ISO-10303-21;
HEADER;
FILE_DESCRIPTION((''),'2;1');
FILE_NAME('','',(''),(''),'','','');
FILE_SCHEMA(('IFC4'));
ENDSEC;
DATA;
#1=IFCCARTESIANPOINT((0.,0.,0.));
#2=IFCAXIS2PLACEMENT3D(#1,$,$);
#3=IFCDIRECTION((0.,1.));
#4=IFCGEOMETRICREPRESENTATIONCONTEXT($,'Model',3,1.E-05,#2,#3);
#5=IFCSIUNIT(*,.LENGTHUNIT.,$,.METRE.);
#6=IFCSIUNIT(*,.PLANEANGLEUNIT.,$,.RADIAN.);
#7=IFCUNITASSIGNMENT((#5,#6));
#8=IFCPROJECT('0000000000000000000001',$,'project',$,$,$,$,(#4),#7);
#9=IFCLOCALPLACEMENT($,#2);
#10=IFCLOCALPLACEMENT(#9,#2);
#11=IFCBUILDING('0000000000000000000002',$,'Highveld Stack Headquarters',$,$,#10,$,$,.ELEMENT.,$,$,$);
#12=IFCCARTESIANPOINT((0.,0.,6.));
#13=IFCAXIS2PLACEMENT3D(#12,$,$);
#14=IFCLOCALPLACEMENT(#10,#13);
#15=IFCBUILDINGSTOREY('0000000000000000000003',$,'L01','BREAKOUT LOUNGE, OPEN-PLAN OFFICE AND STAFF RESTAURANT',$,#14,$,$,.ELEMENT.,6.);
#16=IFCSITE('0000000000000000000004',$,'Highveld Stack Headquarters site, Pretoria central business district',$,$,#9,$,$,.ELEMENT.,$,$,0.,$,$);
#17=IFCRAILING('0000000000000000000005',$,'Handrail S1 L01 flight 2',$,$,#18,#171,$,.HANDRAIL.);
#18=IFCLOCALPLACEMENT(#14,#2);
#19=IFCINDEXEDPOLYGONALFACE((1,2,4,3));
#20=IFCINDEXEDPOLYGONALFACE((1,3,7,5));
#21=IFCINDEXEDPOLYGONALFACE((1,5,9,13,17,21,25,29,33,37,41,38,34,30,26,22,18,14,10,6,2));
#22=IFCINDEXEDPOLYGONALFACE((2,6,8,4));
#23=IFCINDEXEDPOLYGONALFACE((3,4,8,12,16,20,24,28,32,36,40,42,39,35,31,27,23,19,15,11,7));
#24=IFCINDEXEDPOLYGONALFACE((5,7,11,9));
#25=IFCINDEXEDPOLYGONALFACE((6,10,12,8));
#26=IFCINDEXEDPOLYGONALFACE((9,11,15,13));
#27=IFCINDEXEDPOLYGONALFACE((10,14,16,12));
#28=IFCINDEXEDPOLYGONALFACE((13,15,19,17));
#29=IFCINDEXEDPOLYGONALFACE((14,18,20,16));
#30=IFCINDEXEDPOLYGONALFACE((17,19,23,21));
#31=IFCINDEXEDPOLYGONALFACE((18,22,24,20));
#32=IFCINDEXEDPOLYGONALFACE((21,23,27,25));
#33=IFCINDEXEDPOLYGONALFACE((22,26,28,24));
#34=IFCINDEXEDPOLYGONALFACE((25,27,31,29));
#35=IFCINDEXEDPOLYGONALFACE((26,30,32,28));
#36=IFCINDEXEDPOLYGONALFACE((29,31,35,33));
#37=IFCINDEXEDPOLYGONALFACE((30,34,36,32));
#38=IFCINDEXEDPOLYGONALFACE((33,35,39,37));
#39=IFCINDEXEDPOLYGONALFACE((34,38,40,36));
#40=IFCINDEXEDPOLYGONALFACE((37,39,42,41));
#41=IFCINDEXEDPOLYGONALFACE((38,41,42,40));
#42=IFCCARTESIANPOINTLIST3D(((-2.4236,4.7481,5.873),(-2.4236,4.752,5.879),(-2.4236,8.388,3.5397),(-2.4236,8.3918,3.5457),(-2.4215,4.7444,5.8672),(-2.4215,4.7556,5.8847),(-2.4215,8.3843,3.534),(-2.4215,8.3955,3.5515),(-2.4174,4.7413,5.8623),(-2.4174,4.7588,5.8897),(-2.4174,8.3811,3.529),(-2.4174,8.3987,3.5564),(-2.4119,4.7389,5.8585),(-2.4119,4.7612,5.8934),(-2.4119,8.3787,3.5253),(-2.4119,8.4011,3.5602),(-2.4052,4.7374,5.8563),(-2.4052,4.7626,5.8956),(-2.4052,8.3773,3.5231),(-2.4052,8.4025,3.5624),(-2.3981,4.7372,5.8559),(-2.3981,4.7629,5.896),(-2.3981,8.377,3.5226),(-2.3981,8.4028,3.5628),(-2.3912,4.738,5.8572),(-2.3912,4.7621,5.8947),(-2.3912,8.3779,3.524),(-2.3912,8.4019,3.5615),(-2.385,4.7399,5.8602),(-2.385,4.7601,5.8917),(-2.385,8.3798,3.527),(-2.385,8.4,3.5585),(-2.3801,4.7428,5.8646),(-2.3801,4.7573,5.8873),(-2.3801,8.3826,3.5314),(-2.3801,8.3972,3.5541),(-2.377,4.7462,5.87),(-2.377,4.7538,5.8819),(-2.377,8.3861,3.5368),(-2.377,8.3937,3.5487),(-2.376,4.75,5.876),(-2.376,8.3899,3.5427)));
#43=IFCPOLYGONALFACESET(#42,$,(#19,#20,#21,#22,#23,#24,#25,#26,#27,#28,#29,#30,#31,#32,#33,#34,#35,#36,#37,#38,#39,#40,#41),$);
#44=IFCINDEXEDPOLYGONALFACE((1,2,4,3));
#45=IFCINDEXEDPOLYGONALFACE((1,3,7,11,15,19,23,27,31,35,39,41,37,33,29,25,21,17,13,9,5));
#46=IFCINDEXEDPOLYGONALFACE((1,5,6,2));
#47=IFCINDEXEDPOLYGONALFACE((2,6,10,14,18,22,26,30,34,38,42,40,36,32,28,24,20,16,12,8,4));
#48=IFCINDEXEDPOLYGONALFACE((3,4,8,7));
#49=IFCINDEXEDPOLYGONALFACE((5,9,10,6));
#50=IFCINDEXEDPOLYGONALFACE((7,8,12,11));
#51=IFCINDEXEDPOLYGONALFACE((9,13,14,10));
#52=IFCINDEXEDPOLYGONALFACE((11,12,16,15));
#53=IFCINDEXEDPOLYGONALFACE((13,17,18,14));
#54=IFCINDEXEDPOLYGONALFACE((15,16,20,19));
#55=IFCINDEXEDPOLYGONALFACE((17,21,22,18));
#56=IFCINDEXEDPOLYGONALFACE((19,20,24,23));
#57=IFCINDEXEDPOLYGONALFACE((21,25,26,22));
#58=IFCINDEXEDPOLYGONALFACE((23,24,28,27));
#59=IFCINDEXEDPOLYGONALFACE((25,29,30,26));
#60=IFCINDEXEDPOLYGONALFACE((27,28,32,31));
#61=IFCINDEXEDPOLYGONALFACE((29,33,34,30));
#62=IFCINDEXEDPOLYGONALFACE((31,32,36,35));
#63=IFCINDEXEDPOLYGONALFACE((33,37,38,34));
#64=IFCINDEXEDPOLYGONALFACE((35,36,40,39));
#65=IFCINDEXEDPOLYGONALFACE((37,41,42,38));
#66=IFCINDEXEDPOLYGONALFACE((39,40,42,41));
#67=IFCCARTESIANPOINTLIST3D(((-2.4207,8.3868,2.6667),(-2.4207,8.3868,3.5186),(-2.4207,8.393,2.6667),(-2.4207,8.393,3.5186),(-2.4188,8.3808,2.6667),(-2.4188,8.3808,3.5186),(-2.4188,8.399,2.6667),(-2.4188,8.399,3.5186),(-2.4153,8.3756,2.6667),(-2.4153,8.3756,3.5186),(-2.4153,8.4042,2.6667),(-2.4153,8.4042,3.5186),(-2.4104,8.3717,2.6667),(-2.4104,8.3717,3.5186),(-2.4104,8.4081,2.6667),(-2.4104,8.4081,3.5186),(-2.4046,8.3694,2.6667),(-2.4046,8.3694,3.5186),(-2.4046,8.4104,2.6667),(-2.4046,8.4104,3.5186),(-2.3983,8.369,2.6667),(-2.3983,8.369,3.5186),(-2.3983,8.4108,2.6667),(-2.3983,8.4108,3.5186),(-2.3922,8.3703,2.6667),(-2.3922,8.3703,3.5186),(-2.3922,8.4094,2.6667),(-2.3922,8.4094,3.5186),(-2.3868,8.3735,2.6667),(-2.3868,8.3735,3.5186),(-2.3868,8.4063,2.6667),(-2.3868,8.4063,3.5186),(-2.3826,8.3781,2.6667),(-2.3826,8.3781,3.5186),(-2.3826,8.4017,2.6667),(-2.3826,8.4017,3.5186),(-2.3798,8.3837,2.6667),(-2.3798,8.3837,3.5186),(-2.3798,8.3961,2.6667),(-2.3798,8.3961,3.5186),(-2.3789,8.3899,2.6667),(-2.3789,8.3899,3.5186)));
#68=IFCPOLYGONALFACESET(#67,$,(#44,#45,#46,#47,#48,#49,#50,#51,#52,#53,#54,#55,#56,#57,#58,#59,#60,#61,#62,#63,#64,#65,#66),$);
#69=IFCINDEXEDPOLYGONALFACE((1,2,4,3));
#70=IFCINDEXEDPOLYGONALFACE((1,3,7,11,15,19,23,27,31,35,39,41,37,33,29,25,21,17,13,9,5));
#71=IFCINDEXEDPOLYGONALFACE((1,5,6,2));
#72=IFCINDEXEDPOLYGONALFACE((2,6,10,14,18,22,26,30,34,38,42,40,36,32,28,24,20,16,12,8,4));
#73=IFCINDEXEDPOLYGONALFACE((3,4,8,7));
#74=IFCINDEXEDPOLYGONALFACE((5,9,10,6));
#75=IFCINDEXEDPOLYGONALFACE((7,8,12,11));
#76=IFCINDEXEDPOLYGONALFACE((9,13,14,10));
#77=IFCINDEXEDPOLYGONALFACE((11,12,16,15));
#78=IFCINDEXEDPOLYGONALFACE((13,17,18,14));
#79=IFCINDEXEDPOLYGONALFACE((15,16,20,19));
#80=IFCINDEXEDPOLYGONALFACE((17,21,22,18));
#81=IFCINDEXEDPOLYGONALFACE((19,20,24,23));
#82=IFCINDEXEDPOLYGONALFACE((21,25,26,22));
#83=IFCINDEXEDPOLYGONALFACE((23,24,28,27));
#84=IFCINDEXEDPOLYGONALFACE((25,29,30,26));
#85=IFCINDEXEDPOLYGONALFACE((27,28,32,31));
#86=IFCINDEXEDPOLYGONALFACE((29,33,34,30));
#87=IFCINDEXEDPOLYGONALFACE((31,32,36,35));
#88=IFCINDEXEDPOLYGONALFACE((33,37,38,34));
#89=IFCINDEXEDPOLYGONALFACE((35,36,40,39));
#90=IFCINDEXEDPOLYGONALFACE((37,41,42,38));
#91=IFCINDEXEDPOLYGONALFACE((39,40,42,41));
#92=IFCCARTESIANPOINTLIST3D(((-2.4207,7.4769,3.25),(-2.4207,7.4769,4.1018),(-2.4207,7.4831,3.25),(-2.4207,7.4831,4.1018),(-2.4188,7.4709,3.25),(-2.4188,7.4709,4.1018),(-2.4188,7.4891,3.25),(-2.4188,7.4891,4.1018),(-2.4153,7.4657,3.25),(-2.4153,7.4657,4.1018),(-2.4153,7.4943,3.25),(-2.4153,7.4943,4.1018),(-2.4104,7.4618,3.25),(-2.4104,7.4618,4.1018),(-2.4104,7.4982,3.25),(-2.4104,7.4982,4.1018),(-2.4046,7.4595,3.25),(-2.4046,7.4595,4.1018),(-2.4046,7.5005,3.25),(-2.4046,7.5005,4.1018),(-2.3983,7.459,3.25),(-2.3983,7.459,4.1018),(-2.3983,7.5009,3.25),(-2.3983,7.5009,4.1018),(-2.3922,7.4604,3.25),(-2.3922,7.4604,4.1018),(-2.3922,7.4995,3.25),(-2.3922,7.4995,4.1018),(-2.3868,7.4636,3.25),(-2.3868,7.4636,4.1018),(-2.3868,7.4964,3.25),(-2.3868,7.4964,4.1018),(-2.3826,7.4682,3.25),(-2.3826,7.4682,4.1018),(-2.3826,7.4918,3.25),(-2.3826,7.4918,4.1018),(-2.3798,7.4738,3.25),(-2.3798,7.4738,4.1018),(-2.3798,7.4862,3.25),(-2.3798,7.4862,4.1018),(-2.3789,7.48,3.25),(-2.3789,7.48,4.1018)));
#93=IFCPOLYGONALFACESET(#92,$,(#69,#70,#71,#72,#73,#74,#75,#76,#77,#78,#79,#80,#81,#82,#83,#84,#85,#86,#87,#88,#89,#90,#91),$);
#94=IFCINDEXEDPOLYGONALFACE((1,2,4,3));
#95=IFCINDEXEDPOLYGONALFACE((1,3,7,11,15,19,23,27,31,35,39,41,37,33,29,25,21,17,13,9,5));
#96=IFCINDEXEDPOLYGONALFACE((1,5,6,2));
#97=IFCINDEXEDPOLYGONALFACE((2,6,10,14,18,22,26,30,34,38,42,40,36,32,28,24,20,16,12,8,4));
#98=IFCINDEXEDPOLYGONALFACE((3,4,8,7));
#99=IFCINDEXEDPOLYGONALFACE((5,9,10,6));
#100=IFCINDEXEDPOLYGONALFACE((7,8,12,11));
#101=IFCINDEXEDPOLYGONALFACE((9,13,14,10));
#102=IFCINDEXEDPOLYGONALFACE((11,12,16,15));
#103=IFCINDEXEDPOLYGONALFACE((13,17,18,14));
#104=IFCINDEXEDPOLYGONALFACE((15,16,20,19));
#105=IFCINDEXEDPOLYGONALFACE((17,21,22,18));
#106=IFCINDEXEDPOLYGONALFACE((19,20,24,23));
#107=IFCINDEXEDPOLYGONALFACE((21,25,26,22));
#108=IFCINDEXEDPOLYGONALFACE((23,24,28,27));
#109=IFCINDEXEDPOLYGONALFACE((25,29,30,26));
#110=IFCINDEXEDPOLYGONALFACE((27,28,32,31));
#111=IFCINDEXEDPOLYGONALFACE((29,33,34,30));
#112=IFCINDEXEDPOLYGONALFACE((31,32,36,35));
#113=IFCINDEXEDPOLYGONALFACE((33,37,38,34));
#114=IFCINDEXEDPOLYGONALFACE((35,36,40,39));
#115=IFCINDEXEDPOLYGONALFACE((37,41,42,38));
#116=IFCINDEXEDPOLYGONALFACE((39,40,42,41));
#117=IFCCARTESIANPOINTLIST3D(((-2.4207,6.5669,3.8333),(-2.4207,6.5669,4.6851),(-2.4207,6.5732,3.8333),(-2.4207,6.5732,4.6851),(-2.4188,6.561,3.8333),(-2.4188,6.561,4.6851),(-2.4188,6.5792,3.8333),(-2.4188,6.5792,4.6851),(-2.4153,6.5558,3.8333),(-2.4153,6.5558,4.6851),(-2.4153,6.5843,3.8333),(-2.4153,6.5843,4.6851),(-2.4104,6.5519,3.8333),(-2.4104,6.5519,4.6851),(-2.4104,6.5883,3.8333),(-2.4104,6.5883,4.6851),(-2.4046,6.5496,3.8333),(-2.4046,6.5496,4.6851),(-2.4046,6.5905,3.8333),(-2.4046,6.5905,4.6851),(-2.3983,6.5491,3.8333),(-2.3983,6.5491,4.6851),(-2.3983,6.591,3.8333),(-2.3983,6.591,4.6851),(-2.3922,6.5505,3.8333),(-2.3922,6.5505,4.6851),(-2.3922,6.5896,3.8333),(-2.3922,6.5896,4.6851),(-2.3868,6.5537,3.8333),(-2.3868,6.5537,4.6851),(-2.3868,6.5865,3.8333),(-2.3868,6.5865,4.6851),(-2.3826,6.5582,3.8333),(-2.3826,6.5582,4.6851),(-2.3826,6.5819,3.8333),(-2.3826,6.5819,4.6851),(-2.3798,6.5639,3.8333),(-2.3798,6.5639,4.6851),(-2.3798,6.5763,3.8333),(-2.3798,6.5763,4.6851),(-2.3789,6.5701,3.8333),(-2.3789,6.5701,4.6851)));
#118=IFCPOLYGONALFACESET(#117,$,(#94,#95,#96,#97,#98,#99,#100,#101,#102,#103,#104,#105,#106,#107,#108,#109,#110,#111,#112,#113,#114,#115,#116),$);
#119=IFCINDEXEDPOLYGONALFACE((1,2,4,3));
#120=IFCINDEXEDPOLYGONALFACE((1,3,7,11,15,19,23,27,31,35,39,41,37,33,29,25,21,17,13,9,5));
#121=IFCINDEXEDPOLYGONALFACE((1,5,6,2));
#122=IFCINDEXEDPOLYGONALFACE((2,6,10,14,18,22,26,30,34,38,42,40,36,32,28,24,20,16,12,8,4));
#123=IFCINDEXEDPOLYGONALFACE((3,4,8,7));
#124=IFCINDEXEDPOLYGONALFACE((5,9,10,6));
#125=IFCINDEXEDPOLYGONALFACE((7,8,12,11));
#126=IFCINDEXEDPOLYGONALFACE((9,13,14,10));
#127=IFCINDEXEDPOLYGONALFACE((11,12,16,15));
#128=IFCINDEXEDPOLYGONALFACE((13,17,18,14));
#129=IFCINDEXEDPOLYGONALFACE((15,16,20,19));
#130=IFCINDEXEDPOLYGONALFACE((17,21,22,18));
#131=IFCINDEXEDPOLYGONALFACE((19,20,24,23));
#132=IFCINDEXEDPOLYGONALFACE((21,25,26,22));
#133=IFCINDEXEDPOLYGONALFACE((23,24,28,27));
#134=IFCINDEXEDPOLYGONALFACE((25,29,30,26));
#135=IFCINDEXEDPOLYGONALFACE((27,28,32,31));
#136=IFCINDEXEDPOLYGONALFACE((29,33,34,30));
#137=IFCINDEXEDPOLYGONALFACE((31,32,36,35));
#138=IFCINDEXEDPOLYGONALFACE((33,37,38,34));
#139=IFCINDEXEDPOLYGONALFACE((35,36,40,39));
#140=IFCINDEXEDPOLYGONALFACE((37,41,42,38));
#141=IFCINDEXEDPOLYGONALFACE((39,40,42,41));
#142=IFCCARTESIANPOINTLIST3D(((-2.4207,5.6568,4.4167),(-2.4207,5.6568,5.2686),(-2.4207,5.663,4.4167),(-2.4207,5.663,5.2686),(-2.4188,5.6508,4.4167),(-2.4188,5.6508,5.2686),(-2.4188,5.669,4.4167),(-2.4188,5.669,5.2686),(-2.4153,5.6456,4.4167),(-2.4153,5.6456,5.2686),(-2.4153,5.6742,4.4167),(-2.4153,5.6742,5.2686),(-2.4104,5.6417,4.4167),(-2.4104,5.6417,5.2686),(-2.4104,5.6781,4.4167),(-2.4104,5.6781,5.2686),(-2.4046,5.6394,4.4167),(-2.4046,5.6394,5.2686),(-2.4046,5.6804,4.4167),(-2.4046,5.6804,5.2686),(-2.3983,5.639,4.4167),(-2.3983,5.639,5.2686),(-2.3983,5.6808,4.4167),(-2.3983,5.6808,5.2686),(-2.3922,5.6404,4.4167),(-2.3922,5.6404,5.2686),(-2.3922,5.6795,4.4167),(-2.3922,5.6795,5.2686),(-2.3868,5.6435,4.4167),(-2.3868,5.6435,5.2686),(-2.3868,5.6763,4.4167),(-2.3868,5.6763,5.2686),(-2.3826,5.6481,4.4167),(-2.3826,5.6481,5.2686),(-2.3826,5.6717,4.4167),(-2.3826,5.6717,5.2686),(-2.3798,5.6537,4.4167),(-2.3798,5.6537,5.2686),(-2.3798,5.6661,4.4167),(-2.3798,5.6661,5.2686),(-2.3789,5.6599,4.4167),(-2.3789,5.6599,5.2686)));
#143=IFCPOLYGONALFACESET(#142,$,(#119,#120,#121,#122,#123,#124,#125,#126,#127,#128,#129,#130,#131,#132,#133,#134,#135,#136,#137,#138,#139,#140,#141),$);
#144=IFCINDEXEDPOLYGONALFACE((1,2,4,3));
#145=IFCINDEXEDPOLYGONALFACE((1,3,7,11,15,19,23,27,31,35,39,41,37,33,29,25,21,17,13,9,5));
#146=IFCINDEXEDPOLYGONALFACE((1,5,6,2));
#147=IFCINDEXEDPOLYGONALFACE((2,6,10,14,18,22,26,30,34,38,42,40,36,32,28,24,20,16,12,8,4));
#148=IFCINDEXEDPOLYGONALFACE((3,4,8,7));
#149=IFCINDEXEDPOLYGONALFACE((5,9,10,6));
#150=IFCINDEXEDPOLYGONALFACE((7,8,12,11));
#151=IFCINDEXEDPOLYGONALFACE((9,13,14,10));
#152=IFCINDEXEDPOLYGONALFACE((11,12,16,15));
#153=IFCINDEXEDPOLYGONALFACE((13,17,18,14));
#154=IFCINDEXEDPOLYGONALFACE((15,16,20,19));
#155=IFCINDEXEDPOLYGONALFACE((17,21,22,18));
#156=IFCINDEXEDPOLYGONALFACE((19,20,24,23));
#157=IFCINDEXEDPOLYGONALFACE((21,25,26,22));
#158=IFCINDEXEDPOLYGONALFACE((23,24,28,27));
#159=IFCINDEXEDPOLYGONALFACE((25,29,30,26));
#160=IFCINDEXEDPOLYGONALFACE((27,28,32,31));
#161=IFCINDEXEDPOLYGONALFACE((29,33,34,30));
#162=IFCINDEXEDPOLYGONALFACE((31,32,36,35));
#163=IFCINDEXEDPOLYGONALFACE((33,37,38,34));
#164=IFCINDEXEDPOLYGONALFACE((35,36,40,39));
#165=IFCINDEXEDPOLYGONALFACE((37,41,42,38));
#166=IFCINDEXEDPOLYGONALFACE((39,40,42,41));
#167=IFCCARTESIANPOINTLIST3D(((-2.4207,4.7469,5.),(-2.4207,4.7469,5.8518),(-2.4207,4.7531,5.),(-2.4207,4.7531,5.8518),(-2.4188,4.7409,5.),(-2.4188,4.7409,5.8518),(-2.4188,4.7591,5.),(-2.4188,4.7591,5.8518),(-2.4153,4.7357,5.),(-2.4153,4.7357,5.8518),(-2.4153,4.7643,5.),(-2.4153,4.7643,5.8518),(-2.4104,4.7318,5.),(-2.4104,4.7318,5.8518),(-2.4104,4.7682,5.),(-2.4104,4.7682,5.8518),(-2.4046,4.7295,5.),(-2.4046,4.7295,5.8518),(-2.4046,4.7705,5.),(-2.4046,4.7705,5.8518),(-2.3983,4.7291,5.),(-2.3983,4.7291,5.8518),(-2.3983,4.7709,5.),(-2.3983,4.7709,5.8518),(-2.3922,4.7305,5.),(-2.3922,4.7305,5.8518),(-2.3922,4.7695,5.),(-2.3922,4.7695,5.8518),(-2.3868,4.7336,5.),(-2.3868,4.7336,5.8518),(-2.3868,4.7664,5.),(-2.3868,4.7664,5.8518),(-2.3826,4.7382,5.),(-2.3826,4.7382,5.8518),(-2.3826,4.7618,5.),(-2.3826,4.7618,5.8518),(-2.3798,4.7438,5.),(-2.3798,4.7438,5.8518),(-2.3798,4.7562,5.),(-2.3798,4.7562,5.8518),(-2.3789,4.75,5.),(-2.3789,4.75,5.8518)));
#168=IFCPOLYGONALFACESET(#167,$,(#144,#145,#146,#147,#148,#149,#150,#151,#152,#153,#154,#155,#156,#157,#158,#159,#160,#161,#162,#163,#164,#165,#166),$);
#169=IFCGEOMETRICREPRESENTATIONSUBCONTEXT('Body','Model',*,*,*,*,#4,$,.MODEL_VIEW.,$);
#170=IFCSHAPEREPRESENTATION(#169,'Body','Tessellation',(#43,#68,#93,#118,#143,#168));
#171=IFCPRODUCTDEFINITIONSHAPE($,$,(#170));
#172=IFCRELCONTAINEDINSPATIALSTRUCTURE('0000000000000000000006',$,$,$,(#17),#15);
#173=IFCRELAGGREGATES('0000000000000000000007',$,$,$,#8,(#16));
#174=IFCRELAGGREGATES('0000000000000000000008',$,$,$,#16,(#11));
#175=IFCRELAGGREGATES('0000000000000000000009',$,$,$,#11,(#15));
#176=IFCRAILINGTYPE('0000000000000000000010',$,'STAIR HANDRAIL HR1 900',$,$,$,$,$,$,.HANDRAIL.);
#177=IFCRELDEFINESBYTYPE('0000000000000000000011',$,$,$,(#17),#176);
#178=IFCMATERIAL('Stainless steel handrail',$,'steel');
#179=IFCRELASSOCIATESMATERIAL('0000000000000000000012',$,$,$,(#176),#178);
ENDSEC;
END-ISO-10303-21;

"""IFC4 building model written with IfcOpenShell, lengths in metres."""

from ifc_helpers import new_model, si_unit, direction, frame, origin, origin_2d, place, context, subcontext, project, spatial, circle, extrude, material, type_object, element, save


model = new_model("IFC4")

# Units and contexts
model_context = context("Model", 3, precision=1e-05, world=origin(), true_north=direction((0.0, 1.0)))
body_context = subcontext(model_context, "Body", "Model", "MODEL_VIEW")
ifc_project = project(units=[si_unit("LENGTHUNIT", "METRE"), si_unit("PLANEANGLEUNIT", "RADIAN")], contexts=[model_context])

# Site, building, storey
site_placement = place(None, origin())
site = spatial("IfcSite", under=ifc_project, at=site_placement, Name="Highveld Stack Headquarters site, Pretoria central business district", CompositionType="ELEMENT", RefElevation=0.0)
building_placement = place(site_placement, origin())
building = spatial("IfcBuilding", under=site, at=building_placement, Name="Highveld Stack Headquarters", CompositionType="ELEMENT")
storey_placement = place(building_placement, frame((0.0, 0.0, 6.0)))
storey = spatial("IfcBuildingStorey", under=building, at=storey_placement, Name="L01", Description="BREAKOUT LOUNGE, OPEN-PLAN OFFICE AND STAFF RESTAURANT", CompositionType="ELEMENT", Elevation=6.0)

# Railing
ifc_material_1 = material(Name="Stainless steel handrail", Category="steel")
railing_type = type_object("IfcRailingType", Name="STAIR HANDRAIL HR1 900", PredefinedType="HANDRAIL", material=ifc_material_1)
for number, where, name in (
    (1, (-2.3999, 8.3899, 2.6667), "Handrail S1 L01 flight 2"),
):
    element("IfcRailing", number, at=place(storey_placement, frame(where)), inside=storey, type_object=railing_type, Name=name, PredefinedType="HANDRAIL", context=body_context, shape_type="SweptSolid", body=[
        extrude(circle(Radius=0.0239, at=origin_2d()), frame((0.0, 0.0, 0.876), z_axis=(0.0, -0.84188, 0.539664), x_axis=(1.0, 0.0, 0.0)), (0.0, 0.0, 1.0), 4.3235),
        extrude(circle(Radius=0.021, at=origin_2d()), origin(), (0.0, 0.0, 1.0), 0.8518),
        extrude(circle(Radius=0.021, at=origin_2d()), frame((0.0, -0.9099, 0.5833)), (0.0, 0.0, 1.0), 0.8518),
        extrude(circle(Radius=0.021, at=origin_2d()), frame((0.0, -1.8198, 1.1665)), (0.0, 0.0, 1.0), 0.8518),
        extrude(circle(Radius=0.021, at=origin_2d()), frame((0.0, -2.73, 1.75)), (0.0, 0.0, 1.0), 0.8518),
        extrude(circle(Radius=0.021, at=origin_2d()), frame((0.0, -3.6399, 2.3333)), (0.0, 0.0, 1.0), 0.8518),
    ])

save(model, "model.ifc")
